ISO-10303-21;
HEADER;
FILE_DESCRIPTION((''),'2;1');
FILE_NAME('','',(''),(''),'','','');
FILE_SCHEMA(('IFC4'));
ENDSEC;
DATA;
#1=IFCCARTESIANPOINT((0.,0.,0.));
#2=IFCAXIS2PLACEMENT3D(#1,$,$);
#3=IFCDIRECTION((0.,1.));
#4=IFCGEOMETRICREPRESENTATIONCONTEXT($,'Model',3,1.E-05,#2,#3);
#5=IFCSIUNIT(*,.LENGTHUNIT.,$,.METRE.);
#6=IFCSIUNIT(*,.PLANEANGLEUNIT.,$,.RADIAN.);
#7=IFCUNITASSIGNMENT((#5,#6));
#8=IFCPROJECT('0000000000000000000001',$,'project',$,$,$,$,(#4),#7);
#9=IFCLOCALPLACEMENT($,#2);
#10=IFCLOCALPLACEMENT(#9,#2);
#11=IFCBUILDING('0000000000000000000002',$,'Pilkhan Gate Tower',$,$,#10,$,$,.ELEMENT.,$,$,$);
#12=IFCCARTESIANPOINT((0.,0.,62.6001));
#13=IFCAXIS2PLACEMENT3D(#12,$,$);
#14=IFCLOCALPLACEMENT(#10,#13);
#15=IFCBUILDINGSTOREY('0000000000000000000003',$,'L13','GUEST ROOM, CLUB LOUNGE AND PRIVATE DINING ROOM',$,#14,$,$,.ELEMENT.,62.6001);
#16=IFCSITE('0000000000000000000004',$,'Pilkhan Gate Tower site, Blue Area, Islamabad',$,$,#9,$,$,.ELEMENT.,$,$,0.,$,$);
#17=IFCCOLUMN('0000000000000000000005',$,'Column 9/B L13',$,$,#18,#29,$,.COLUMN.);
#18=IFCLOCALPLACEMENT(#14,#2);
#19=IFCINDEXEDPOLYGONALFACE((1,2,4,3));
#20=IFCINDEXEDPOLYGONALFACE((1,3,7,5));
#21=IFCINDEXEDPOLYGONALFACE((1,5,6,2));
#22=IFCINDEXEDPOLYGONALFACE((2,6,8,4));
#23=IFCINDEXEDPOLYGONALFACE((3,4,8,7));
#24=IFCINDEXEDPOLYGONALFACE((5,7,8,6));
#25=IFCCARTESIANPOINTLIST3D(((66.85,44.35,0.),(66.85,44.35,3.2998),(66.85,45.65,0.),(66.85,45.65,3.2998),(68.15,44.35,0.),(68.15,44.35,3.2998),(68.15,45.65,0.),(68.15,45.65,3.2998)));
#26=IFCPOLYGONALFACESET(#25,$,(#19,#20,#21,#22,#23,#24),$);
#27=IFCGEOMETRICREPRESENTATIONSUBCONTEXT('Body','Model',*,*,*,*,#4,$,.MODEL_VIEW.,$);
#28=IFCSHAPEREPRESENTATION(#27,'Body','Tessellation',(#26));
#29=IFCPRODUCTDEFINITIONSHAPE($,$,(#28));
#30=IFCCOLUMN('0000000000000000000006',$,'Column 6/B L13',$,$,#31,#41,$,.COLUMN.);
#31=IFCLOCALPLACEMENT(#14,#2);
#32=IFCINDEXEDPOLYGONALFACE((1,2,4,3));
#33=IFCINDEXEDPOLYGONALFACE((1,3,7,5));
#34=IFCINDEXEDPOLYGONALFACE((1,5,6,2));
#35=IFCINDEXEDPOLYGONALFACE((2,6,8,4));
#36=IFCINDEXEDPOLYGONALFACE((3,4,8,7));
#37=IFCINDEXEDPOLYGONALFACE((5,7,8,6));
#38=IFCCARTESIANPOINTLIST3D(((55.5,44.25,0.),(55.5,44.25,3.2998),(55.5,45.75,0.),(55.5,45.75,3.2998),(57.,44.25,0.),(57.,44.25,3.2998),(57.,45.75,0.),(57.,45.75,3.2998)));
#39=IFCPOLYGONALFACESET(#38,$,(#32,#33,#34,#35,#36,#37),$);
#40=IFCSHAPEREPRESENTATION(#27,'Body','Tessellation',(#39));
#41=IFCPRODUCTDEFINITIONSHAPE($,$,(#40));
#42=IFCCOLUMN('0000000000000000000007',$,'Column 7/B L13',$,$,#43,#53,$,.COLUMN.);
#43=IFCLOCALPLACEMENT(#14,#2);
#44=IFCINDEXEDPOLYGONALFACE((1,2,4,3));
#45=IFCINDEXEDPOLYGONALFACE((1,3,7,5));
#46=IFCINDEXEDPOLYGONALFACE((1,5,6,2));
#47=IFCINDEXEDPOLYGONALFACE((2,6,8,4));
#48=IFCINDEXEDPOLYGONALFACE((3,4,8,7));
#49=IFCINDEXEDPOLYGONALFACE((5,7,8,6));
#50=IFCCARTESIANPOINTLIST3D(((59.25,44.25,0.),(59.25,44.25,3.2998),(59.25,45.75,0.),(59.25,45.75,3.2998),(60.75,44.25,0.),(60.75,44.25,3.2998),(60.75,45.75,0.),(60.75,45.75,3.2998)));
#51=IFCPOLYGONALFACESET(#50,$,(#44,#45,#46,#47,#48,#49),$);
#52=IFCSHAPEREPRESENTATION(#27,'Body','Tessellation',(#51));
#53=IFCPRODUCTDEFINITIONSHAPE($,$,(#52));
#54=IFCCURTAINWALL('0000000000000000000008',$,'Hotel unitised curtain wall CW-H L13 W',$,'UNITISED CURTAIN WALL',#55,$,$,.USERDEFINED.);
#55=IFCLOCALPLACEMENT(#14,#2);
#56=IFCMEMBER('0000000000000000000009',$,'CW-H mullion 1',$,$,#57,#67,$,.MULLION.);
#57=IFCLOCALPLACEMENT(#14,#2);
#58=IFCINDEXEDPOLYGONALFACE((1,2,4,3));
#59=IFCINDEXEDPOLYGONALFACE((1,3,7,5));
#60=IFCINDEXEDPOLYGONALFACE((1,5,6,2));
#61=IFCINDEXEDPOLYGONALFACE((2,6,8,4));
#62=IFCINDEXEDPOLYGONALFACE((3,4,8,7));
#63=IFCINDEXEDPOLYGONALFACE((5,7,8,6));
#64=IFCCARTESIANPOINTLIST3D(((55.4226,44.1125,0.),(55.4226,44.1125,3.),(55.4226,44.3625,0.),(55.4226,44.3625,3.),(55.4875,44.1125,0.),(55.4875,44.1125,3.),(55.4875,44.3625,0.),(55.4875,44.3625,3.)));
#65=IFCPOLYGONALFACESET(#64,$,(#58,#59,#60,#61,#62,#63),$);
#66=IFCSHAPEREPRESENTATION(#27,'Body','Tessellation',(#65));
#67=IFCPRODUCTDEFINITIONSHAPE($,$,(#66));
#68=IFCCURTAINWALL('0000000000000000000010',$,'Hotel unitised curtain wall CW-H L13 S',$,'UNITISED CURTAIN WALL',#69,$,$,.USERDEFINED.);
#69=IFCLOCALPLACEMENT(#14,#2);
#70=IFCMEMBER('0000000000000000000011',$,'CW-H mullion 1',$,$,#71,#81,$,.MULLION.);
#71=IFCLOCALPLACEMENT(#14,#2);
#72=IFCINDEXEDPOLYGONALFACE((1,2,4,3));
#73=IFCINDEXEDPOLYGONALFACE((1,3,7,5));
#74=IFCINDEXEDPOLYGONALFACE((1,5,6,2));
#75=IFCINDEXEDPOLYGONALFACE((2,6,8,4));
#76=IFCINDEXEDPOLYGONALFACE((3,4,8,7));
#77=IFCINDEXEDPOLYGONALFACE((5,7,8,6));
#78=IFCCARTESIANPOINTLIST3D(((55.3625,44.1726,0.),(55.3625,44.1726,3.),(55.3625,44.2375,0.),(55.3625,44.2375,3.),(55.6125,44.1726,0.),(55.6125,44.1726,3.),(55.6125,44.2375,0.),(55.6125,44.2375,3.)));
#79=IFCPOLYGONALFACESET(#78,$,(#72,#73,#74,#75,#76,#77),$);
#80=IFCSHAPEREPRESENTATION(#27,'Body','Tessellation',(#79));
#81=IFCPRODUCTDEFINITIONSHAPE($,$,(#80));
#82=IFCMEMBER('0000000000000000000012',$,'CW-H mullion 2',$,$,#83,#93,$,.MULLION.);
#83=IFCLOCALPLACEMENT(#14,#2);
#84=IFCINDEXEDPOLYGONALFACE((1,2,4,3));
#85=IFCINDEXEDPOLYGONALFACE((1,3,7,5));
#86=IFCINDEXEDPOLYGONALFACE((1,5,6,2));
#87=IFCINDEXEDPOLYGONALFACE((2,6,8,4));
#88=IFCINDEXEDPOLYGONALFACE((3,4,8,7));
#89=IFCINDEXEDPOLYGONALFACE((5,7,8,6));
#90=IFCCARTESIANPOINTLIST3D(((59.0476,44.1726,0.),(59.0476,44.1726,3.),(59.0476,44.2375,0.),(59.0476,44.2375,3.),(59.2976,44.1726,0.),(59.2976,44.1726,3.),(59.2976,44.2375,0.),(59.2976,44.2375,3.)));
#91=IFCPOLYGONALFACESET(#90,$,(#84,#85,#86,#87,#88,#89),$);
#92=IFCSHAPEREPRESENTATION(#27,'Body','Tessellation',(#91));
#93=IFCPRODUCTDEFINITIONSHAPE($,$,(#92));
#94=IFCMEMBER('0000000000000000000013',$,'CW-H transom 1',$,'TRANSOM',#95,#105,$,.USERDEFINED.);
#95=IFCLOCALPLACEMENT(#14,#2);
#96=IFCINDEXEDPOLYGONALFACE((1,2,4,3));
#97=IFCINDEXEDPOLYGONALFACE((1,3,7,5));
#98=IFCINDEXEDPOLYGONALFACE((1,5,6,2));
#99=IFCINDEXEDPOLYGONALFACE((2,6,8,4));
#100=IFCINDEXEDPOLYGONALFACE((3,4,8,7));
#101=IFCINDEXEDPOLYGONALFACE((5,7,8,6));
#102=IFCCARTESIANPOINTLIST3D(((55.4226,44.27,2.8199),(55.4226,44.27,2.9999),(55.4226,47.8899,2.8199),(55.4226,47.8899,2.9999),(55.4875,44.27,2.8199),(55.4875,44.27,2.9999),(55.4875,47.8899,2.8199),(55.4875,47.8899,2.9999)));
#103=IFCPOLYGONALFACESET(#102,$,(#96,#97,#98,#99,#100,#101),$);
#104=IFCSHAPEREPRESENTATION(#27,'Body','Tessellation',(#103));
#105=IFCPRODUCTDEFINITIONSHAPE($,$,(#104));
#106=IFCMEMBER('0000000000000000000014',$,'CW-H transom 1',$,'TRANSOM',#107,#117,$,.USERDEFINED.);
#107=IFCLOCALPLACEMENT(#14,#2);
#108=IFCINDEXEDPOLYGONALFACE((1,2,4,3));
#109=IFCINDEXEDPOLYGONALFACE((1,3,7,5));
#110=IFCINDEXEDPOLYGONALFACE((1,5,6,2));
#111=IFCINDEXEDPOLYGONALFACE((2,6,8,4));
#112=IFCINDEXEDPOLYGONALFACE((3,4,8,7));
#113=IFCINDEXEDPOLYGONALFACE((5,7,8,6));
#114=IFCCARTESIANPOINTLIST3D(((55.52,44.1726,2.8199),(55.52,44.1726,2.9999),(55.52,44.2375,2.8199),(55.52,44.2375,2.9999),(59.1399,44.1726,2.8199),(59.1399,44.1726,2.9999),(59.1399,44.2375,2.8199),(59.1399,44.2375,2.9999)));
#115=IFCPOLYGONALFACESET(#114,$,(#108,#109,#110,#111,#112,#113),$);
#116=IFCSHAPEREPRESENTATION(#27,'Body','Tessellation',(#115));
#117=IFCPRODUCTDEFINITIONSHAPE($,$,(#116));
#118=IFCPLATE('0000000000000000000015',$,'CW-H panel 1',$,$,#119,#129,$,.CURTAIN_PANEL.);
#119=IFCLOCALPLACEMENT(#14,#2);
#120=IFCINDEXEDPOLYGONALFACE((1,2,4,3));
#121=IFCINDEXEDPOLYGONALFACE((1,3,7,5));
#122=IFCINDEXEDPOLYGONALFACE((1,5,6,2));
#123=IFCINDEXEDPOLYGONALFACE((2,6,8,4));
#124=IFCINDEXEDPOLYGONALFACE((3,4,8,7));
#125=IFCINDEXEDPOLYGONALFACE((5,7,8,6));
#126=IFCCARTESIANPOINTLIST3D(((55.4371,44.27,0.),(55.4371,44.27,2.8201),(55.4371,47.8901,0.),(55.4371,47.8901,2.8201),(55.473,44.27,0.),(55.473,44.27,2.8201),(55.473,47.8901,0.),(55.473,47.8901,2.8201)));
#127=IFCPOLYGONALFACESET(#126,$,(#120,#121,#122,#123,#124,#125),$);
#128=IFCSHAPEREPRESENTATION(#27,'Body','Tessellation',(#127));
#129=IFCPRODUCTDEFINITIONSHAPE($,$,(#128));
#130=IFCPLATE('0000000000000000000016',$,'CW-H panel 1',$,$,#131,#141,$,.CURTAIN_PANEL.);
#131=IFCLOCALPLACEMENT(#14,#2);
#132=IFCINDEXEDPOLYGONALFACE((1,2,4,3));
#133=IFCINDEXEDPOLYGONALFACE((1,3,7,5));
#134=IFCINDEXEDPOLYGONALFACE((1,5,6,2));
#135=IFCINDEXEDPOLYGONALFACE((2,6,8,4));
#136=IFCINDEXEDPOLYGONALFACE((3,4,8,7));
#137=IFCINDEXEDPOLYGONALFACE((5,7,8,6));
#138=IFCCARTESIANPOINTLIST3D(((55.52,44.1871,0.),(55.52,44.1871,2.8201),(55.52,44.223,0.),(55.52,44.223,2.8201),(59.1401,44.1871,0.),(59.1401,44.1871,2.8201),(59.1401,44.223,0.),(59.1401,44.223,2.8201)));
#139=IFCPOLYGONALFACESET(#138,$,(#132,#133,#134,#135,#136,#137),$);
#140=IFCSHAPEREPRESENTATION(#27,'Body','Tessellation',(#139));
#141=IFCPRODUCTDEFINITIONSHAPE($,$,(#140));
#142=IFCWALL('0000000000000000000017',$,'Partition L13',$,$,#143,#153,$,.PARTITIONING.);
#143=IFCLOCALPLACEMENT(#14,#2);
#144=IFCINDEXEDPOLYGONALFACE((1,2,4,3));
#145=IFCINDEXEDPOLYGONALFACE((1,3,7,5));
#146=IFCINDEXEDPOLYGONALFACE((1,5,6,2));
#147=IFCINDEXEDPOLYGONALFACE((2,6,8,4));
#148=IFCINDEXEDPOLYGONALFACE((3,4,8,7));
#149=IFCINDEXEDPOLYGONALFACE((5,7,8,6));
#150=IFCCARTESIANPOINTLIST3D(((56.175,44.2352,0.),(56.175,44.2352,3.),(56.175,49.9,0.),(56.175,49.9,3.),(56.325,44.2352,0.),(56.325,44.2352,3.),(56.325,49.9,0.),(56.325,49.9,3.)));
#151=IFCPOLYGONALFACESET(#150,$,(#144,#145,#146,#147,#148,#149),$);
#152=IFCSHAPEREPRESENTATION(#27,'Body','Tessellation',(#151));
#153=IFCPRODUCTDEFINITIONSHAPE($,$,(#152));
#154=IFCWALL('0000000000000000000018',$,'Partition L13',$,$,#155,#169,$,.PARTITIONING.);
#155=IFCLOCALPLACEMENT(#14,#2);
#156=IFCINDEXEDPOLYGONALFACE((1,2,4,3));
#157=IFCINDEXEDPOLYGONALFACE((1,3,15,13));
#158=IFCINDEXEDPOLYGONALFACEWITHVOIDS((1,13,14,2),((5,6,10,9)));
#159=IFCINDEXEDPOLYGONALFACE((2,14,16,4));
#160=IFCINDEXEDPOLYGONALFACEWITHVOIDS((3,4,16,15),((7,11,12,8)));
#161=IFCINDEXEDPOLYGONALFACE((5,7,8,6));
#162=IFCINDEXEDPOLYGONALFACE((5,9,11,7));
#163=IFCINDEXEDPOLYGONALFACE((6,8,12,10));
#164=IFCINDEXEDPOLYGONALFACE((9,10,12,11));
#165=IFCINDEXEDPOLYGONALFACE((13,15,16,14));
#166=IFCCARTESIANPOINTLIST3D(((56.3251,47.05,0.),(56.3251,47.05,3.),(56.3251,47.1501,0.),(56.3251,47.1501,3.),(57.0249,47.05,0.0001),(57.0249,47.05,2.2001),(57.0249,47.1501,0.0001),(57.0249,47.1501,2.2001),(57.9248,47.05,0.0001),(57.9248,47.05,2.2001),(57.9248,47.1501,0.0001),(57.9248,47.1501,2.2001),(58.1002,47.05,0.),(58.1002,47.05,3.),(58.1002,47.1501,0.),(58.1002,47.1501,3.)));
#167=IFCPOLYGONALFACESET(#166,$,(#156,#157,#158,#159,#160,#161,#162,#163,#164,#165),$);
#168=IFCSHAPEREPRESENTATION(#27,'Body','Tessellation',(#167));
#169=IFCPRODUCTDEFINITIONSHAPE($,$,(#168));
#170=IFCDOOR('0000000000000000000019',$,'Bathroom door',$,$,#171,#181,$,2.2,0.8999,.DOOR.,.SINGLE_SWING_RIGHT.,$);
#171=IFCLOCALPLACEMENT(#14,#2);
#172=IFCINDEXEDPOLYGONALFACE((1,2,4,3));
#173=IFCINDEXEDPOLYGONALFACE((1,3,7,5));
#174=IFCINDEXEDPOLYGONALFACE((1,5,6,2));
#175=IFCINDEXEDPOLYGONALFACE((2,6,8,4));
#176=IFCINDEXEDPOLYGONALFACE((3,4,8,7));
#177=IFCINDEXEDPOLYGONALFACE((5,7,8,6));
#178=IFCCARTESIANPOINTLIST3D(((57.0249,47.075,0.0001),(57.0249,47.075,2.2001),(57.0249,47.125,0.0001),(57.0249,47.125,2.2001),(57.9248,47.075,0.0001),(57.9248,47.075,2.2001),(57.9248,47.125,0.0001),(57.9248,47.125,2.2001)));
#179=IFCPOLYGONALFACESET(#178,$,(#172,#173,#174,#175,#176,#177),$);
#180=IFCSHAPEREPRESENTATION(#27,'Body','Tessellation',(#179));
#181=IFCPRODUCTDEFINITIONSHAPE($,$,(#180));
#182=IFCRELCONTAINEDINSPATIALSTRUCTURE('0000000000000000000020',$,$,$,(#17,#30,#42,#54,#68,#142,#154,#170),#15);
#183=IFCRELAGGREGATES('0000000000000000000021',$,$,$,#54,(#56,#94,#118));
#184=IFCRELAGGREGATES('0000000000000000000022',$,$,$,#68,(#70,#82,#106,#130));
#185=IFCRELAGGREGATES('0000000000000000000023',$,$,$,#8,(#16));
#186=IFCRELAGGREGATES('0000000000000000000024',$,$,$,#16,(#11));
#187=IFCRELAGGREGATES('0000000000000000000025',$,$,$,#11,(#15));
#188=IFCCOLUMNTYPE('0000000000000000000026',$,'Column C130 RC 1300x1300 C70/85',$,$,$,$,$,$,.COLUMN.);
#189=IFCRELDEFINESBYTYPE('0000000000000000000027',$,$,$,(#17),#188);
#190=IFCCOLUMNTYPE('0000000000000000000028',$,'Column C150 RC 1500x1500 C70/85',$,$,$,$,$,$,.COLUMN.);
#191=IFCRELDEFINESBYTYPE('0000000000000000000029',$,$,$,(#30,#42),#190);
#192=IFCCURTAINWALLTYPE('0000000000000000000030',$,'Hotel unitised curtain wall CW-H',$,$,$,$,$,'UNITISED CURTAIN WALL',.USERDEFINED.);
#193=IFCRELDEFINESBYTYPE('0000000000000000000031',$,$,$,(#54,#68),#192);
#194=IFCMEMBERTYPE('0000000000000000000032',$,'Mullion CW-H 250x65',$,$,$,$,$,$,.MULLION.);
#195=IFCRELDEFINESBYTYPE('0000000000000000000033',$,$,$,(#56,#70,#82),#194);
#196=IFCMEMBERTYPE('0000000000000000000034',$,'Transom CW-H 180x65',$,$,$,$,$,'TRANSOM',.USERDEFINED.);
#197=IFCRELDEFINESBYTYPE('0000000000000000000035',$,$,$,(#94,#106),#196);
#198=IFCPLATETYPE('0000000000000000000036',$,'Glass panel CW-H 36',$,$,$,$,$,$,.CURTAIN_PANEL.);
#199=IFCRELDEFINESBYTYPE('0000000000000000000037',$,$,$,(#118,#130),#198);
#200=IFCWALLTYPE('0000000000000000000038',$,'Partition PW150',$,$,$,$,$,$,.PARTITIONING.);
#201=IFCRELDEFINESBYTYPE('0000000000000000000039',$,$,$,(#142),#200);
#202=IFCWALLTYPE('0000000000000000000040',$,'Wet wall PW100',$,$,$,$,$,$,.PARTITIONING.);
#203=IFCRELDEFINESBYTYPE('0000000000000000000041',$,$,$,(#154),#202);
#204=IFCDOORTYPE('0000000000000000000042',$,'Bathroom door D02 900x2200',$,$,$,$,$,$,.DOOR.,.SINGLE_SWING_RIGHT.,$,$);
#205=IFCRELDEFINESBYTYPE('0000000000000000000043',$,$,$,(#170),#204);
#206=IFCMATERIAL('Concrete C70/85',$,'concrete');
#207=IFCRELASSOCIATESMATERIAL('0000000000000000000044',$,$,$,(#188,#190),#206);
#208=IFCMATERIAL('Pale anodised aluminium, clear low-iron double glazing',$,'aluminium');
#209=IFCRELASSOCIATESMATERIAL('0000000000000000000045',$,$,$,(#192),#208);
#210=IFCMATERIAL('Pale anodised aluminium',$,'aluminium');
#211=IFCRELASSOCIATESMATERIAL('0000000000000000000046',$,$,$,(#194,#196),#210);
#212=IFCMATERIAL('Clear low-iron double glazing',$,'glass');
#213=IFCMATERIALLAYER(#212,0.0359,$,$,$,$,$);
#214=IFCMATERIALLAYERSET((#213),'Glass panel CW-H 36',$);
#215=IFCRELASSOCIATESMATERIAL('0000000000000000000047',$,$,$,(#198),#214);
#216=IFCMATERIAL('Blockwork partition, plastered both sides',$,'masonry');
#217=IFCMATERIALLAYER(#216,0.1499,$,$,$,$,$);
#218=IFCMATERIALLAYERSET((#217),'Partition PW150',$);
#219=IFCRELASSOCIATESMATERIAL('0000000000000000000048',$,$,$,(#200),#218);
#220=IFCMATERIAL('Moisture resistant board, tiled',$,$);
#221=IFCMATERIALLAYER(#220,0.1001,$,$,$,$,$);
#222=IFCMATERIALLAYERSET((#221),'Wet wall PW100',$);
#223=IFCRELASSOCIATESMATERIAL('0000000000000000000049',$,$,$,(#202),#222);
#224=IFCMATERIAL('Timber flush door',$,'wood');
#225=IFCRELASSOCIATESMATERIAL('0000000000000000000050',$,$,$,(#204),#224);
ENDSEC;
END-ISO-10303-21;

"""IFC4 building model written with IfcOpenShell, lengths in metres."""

from ifc_helpers import new_model, si_unit, direction, frame, frame_2d, origin, origin_2d, place, context, subcontext, project, spatial, rectangle, extrude, material, layer, layer_set, material_profile, profile_set, type_object, element, fill, aggregate, save


model = new_model("IFC4")

# Units and contexts
model_context = context("Model", 3, precision=1e-05, world=origin(), true_north=direction((0.0, 1.0)))
body_context = subcontext(model_context, "Body", "Model", "MODEL_VIEW")
ifc_project = project(units=[si_unit("LENGTHUNIT", "METRE"), si_unit("PLANEANGLEUNIT", "RADIAN")], contexts=[model_context])

# Site, building, storey
site_placement = place(None, origin())
site = spatial("IfcSite", under=ifc_project, at=site_placement, Name="Pilkhan Gate Tower site, Blue Area, Islamabad", CompositionType="ELEMENT", RefElevation=0.0)
building_placement = place(site_placement, origin())
building = spatial("IfcBuilding", under=site, at=building_placement, Name="Pilkhan Gate Tower", CompositionType="ELEMENT")
storey_placement = place(building_placement, frame((0.0, 0.0, 62.6001)))
storey = spatial("IfcBuildingStorey", under=building, at=storey_placement, Name="L13", Description="GUEST ROOM, CLUB LOUNGE AND PRIVATE DINING ROOM", CompositionType="ELEMENT", Elevation=62.6001)

# Columns
ifc_material_1 = material(Name="Concrete C70/85", Category="concrete")
ifc_material_profile_1 = material_profile(ifc_material_1, rectangle(XDim=1.3, YDim=1.3, at=origin_2d()), Name="RC 1300x1300")
ifc_profile_set_1 = profile_set([ifc_material_profile_1], Name="Concrete C70/85")
column_type_1 = type_object("IfcColumnType", Name="Column C130 RC 1300x1300 C70/85", PredefinedType="COLUMN", material=ifc_profile_set_1)
column_placement = place(storey_placement, frame((67.5, 45.0, 0.0), z_axis=(0.0, 0.0, 1.0), x_axis=(1.0, 0.0, 0.0)))
element("IfcColumn", 1, at=column_placement, inside=storey, type_object=column_type_1, Name="Column 9/B L13", PredefinedType="COLUMN", context=body_context, shape_type="SweptSolid", body=[
    extrude(rectangle(XDim=1.3, YDim=1.3, at=origin_2d()), origin(), (0.0, 0.0, 1.0), 3.2998),
])
ifc_material_profile_2 = material_profile(ifc_material_1, rectangle(XDim=1.5, YDim=1.5, at=origin_2d()), Name="RC 1500x1500")
ifc_profile_set_2 = profile_set([ifc_material_profile_2], Name="Concrete C70/85")
column_type_2 = type_object("IfcColumnType", Name="Column C150 RC 1500x1500 C70/85", PredefinedType="COLUMN", material=ifc_profile_set_2)
for number, where, z_axis, x_axis, name in (
    (2, (56.25, 45.0, 0.0), (0.0, 0.0, 1.0), (1.0, 0.0, 0.0), "Column 6/B L13"),
    (3, (60.0, 45.0, 0.0), (0.0, 0.0, 1.0), (1.0, 0.0, 0.0), "Column 7/B L13"),
):
    element("IfcColumn", number, at=place(storey_placement, frame(where, z_axis=z_axis, x_axis=x_axis)), inside=storey, type_object=column_type_2, Name=name, PredefinedType="COLUMN", context=body_context, shape_type="SweptSolid", body=[
        extrude(rectangle(XDim=1.5, YDim=1.5, at=origin_2d()), origin(), (0.0, 0.0, 1.0), 3.2998),
    ])

# Curtain wall, member
ifc_material_2 = material(Name="Pale anodised aluminium, clear low-iron double glazing", Category="aluminium")
curtain_wall_type = type_object("IfcCurtainWallType", Name="Hotel unitised curtain wall CW-H", ElementType="UNITISED CURTAIN WALL", PredefinedType="USERDEFINED", material=ifc_material_2)
curtain_wall_1_placement = place(storey_placement, origin())
curtain_wall_1 = element("IfcCurtainWall", 4, at=curtain_wall_1_placement, inside=storey, type_object=curtain_wall_type, Name="Hotel unitised curtain wall CW-H L13 W", ObjectType="UNITISED CURTAIN WALL", PredefinedType="USERDEFINED")
ifc_material_3 = material(Name="Pale anodised aluminium", Category="aluminium")
ifc_material_profile_3 = material_profile(ifc_material_3, rectangle(XDim=0.0649, YDim=0.25, at=origin_2d()), Name="Mullion 250x65")
ifc_profile_set_3 = profile_set([ifc_material_profile_3], Name="Pale anodised aluminium")
member_type_1 = type_object("IfcMemberType", Name="Mullion CW-H 250x65", PredefinedType="MULLION", material=ifc_profile_set_3)
member_1_placement = place(storey_placement, frame((55.4551, 44.2375, 0.0), z_axis=(0.0, 0.0, 1.0), x_axis=(-1.0, 0.0, 0.0)))
member_1 = element("IfcMember", 5, at=member_1_placement, type_object=member_type_1, Name="CW-H mullion 1", PredefinedType="MULLION", context=body_context, shape_type="SweptSolid", body=[
    extrude(rectangle(XDim=0.0649, YDim=0.25, at=origin_2d()), origin(), (0.0, 0.0, 1.0), 3.0),
])

# Curtain wall, members
curtain_wall_2_placement = place(storey_placement, origin())
curtain_wall_2 = element("IfcCurtainWall", 6, at=curtain_wall_2_placement, inside=storey, type_object=curtain_wall_type, Name="Hotel unitised curtain wall CW-H L13 S", ObjectType="UNITISED CURTAIN WALL", PredefinedType="USERDEFINED")
member_2_placement = place(storey_placement, frame((55.4875, 44.2051, 0.0), z_axis=(0.0, 0.0, 1.0), x_axis=(0.0, 1.0, 0.0)))
member_2 = element("IfcMember", 7, at=member_2_placement, type_object=member_type_1, Name="CW-H mullion 1", PredefinedType="MULLION", context=body_context, shape_type="SweptSolid", body=[
    extrude(rectangle(XDim=0.0649, YDim=0.25, at=origin_2d()), origin(), (0.0, 0.0, 1.0), 3.0),
])
member_3_placement = place(storey_placement, frame((59.1726, 44.2051, 0.0), z_axis=(0.0, 0.0, 1.0), x_axis=(0.0, 1.0, 0.0)))
member_3 = element("IfcMember", 8, at=member_3_placement, type_object=member_type_1, Name="CW-H mullion 2", PredefinedType="MULLION", context=body_context, shape_type="SweptSolid", body=[
    extrude(rectangle(XDim=0.0649, YDim=0.25, at=origin_2d()), origin(), (0.0, 0.0, 1.0), 3.0),
])

# Members
ifc_material_profile_4 = material_profile(ifc_material_3, rectangle(XDim=0.0649, YDim=0.1799, at=origin_2d()), Name="Transom 180x65")
ifc_profile_set_4 = profile_set([ifc_material_profile_4], Name="Pale anodised aluminium")
member_type_2 = type_object("IfcMemberType", Name="Transom CW-H 180x65", ElementType="TRANSOM", PredefinedType="USERDEFINED", material=ifc_profile_set_4)
member_4_placement = place(storey_placement, frame((55.4551, 44.27, 2.9099), z_axis=(0.0, 1.0, 0.0), x_axis=(-1.0, 0.0, 0.0)))
member_4 = element("IfcMember", 9, at=member_4_placement, type_object=member_type_2, Name="CW-H transom 1", ObjectType="TRANSOM", PredefinedType="USERDEFINED", context=body_context, shape_type="SweptSolid", body=[
    extrude(rectangle(XDim=0.0649, YDim=0.1799, at=origin_2d()), origin(), (0.0, 0.0, 1.0), 3.6199),
])
member_5_placement = place(storey_placement, frame((55.52, 44.2051, 2.9099), z_axis=(1.0, 0.0, 0.0), x_axis=(0.0, 1.0, 0.0)))
member_5 = element("IfcMember", 10, at=member_5_placement, type_object=member_type_2, Name="CW-H transom 1", ObjectType="TRANSOM", PredefinedType="USERDEFINED", context=body_context, shape_type="SweptSolid", body=[
    extrude(rectangle(XDim=0.0649, YDim=0.1799, at=origin_2d()), origin(), (0.0, 0.0, 1.0), 3.6199),
])

# Plates
ifc_material_4 = material(Name="Clear low-iron double glazing", Category="glass")
ifc_layer_1 = layer(ifc_material_4, 0.0359)
ifc_layer_set_1 = layer_set([ifc_layer_1], Name="Glass panel CW-H 36")
plate_type = type_object("IfcPlateType", Name="Glass panel CW-H 36", PredefinedType="CURTAIN_PANEL", material=ifc_layer_set_1)
plate_1_placement = place(storey_placement, frame((55.4551, 46.0801, 0.0), z_axis=(0.0, 0.0, 1.0), x_axis=(0.0, 1.0, 0.0)))
plate_1 = element("IfcPlate", 11, at=plate_1_placement, type_object=plate_type, Name="CW-H panel 1", PredefinedType="CURTAIN_PANEL", context=body_context, shape_type="SweptSolid", body=[
    extrude(rectangle(XDim=3.6201, YDim=0.0359, at=origin_2d()), origin(), (0.0, 0.0, 1.0), 2.8201),
])
aggregate(curtain_wall_1, [member_1, member_4, plate_1])
plate_2_placement = place(storey_placement, frame((57.3301, 44.2051, 0.0), z_axis=(0.0, 0.0, 1.0), x_axis=(1.0, 0.0, 0.0)))
plate_2 = element("IfcPlate", 12, at=plate_2_placement, type_object=plate_type, Name="CW-H panel 1", PredefinedType="CURTAIN_PANEL", context=body_context, shape_type="SweptSolid", body=[
    extrude(rectangle(XDim=3.6201, YDim=0.0359, at=origin_2d()), origin(), (0.0, 0.0, 1.0), 2.8201),
])
aggregate(curtain_wall_2, [member_2, member_3, member_5, plate_2])

# Wall
ifc_material_5 = material(Name="Blockwork partition, plastered both sides", Category="masonry")
ifc_layer_2 = layer(ifc_material_5, 0.1499)
ifc_layer_set_2 = layer_set([ifc_layer_2], Name="Partition PW150")
wall_type_1 = type_object("IfcWallType", Name="Partition PW150", PredefinedType="PARTITIONING", material=ifc_layer_set_2)
wall_1_placement = place(storey_placement, frame((56.25, 44.2351, 0.0), z_axis=(0.0, 0.0, 1.0), x_axis=(0.0, 1.0, 0.0)))
element("IfcWall", 13, at=wall_1_placement, inside=storey, type_object=wall_type_1, Name="Partition L13", PredefinedType="PARTITIONING", context=body_context, shape_type="SweptSolid", body=[
    extrude(rectangle(XDim=5.6648, YDim=0.1499, at=frame_2d((2.8325, 0.0))), origin(), (0.0, 0.0, 1.0), 3.0),
])

# Wall, opening, door
ifc_material_6 = material(Name="Moisture resistant board, tiled")
ifc_layer_3 = layer(ifc_material_6, 0.1001)
ifc_layer_set_3 = layer_set([ifc_layer_3], Name="Wet wall PW100")
wall_type_2 = type_object("IfcWallType", Name="Wet wall PW100", PredefinedType="PARTITIONING", material=ifc_layer_set_3)
wall_2_placement = place(storey_placement, frame((56.325, 47.1001, 0.0), z_axis=(0.0, 0.0, 1.0), x_axis=(1.0, 0.0, 0.0)))
wall_2 = element("IfcWall", 14, at=wall_2_placement, inside=storey, type_object=wall_type_2, Name="Partition L13", PredefinedType="PARTITIONING", context=body_context, shape_type="SweptSolid", body=[
    extrude(rectangle(XDim=1.7751, YDim=0.1001, at=frame_2d((0.8877, 0.0))), origin(), (0.0, 0.0, 1.0), 3.0),
])
opening_1_placement = place(wall_2_placement, frame((0.7, 0.0, 0.0)))
opening_1 = element("IfcOpeningElement", 15, at=opening_1_placement, cuts=wall_2, PredefinedType="OPENING", context=body_context, shape_type="SweptSolid", body=[
    extrude(rectangle(XDim=0.8999, YDim=2.2, at=frame_2d((0.45, 1.1001))), frame((0.0, 0.0601, 0.0), z_axis=(0.0, -1.0, 0.0), x_axis=(1.0, 0.0, 0.0)), (0.0, 0.0, 1.0), 0.1201),
])
ifc_material_7 = material(Name="Timber flush door", Category="wood")
door_type = type_object("IfcDoorType", Name="Bathroom door D02 900x2200", OperationType="SINGLE_SWING_RIGHT", PredefinedType="DOOR", material=ifc_material_7)
door_1_placement = place(opening_1_placement, origin())
door_1 = element("IfcDoor", 16, at=door_1_placement, inside=storey, type_object=door_type, Name="Bathroom door", OperationType="SINGLE_SWING_RIGHT", OverallHeight=2.2, OverallWidth=0.8999, PredefinedType="DOOR", context=body_context, shape_type="SweptSolid", body=[
    extrude(rectangle(XDim=0.8999, YDim=2.2, at=frame_2d((0.45, 1.1001))), frame((0.0, 0.0249, 0.0), z_axis=(0.0, -1.0, 0.0), x_axis=(1.0, 0.0, 0.0)), (0.0, 0.0, 1.0), 0.05),
])
fill(opening_1, door_1)

save(model, "model.ifc")
